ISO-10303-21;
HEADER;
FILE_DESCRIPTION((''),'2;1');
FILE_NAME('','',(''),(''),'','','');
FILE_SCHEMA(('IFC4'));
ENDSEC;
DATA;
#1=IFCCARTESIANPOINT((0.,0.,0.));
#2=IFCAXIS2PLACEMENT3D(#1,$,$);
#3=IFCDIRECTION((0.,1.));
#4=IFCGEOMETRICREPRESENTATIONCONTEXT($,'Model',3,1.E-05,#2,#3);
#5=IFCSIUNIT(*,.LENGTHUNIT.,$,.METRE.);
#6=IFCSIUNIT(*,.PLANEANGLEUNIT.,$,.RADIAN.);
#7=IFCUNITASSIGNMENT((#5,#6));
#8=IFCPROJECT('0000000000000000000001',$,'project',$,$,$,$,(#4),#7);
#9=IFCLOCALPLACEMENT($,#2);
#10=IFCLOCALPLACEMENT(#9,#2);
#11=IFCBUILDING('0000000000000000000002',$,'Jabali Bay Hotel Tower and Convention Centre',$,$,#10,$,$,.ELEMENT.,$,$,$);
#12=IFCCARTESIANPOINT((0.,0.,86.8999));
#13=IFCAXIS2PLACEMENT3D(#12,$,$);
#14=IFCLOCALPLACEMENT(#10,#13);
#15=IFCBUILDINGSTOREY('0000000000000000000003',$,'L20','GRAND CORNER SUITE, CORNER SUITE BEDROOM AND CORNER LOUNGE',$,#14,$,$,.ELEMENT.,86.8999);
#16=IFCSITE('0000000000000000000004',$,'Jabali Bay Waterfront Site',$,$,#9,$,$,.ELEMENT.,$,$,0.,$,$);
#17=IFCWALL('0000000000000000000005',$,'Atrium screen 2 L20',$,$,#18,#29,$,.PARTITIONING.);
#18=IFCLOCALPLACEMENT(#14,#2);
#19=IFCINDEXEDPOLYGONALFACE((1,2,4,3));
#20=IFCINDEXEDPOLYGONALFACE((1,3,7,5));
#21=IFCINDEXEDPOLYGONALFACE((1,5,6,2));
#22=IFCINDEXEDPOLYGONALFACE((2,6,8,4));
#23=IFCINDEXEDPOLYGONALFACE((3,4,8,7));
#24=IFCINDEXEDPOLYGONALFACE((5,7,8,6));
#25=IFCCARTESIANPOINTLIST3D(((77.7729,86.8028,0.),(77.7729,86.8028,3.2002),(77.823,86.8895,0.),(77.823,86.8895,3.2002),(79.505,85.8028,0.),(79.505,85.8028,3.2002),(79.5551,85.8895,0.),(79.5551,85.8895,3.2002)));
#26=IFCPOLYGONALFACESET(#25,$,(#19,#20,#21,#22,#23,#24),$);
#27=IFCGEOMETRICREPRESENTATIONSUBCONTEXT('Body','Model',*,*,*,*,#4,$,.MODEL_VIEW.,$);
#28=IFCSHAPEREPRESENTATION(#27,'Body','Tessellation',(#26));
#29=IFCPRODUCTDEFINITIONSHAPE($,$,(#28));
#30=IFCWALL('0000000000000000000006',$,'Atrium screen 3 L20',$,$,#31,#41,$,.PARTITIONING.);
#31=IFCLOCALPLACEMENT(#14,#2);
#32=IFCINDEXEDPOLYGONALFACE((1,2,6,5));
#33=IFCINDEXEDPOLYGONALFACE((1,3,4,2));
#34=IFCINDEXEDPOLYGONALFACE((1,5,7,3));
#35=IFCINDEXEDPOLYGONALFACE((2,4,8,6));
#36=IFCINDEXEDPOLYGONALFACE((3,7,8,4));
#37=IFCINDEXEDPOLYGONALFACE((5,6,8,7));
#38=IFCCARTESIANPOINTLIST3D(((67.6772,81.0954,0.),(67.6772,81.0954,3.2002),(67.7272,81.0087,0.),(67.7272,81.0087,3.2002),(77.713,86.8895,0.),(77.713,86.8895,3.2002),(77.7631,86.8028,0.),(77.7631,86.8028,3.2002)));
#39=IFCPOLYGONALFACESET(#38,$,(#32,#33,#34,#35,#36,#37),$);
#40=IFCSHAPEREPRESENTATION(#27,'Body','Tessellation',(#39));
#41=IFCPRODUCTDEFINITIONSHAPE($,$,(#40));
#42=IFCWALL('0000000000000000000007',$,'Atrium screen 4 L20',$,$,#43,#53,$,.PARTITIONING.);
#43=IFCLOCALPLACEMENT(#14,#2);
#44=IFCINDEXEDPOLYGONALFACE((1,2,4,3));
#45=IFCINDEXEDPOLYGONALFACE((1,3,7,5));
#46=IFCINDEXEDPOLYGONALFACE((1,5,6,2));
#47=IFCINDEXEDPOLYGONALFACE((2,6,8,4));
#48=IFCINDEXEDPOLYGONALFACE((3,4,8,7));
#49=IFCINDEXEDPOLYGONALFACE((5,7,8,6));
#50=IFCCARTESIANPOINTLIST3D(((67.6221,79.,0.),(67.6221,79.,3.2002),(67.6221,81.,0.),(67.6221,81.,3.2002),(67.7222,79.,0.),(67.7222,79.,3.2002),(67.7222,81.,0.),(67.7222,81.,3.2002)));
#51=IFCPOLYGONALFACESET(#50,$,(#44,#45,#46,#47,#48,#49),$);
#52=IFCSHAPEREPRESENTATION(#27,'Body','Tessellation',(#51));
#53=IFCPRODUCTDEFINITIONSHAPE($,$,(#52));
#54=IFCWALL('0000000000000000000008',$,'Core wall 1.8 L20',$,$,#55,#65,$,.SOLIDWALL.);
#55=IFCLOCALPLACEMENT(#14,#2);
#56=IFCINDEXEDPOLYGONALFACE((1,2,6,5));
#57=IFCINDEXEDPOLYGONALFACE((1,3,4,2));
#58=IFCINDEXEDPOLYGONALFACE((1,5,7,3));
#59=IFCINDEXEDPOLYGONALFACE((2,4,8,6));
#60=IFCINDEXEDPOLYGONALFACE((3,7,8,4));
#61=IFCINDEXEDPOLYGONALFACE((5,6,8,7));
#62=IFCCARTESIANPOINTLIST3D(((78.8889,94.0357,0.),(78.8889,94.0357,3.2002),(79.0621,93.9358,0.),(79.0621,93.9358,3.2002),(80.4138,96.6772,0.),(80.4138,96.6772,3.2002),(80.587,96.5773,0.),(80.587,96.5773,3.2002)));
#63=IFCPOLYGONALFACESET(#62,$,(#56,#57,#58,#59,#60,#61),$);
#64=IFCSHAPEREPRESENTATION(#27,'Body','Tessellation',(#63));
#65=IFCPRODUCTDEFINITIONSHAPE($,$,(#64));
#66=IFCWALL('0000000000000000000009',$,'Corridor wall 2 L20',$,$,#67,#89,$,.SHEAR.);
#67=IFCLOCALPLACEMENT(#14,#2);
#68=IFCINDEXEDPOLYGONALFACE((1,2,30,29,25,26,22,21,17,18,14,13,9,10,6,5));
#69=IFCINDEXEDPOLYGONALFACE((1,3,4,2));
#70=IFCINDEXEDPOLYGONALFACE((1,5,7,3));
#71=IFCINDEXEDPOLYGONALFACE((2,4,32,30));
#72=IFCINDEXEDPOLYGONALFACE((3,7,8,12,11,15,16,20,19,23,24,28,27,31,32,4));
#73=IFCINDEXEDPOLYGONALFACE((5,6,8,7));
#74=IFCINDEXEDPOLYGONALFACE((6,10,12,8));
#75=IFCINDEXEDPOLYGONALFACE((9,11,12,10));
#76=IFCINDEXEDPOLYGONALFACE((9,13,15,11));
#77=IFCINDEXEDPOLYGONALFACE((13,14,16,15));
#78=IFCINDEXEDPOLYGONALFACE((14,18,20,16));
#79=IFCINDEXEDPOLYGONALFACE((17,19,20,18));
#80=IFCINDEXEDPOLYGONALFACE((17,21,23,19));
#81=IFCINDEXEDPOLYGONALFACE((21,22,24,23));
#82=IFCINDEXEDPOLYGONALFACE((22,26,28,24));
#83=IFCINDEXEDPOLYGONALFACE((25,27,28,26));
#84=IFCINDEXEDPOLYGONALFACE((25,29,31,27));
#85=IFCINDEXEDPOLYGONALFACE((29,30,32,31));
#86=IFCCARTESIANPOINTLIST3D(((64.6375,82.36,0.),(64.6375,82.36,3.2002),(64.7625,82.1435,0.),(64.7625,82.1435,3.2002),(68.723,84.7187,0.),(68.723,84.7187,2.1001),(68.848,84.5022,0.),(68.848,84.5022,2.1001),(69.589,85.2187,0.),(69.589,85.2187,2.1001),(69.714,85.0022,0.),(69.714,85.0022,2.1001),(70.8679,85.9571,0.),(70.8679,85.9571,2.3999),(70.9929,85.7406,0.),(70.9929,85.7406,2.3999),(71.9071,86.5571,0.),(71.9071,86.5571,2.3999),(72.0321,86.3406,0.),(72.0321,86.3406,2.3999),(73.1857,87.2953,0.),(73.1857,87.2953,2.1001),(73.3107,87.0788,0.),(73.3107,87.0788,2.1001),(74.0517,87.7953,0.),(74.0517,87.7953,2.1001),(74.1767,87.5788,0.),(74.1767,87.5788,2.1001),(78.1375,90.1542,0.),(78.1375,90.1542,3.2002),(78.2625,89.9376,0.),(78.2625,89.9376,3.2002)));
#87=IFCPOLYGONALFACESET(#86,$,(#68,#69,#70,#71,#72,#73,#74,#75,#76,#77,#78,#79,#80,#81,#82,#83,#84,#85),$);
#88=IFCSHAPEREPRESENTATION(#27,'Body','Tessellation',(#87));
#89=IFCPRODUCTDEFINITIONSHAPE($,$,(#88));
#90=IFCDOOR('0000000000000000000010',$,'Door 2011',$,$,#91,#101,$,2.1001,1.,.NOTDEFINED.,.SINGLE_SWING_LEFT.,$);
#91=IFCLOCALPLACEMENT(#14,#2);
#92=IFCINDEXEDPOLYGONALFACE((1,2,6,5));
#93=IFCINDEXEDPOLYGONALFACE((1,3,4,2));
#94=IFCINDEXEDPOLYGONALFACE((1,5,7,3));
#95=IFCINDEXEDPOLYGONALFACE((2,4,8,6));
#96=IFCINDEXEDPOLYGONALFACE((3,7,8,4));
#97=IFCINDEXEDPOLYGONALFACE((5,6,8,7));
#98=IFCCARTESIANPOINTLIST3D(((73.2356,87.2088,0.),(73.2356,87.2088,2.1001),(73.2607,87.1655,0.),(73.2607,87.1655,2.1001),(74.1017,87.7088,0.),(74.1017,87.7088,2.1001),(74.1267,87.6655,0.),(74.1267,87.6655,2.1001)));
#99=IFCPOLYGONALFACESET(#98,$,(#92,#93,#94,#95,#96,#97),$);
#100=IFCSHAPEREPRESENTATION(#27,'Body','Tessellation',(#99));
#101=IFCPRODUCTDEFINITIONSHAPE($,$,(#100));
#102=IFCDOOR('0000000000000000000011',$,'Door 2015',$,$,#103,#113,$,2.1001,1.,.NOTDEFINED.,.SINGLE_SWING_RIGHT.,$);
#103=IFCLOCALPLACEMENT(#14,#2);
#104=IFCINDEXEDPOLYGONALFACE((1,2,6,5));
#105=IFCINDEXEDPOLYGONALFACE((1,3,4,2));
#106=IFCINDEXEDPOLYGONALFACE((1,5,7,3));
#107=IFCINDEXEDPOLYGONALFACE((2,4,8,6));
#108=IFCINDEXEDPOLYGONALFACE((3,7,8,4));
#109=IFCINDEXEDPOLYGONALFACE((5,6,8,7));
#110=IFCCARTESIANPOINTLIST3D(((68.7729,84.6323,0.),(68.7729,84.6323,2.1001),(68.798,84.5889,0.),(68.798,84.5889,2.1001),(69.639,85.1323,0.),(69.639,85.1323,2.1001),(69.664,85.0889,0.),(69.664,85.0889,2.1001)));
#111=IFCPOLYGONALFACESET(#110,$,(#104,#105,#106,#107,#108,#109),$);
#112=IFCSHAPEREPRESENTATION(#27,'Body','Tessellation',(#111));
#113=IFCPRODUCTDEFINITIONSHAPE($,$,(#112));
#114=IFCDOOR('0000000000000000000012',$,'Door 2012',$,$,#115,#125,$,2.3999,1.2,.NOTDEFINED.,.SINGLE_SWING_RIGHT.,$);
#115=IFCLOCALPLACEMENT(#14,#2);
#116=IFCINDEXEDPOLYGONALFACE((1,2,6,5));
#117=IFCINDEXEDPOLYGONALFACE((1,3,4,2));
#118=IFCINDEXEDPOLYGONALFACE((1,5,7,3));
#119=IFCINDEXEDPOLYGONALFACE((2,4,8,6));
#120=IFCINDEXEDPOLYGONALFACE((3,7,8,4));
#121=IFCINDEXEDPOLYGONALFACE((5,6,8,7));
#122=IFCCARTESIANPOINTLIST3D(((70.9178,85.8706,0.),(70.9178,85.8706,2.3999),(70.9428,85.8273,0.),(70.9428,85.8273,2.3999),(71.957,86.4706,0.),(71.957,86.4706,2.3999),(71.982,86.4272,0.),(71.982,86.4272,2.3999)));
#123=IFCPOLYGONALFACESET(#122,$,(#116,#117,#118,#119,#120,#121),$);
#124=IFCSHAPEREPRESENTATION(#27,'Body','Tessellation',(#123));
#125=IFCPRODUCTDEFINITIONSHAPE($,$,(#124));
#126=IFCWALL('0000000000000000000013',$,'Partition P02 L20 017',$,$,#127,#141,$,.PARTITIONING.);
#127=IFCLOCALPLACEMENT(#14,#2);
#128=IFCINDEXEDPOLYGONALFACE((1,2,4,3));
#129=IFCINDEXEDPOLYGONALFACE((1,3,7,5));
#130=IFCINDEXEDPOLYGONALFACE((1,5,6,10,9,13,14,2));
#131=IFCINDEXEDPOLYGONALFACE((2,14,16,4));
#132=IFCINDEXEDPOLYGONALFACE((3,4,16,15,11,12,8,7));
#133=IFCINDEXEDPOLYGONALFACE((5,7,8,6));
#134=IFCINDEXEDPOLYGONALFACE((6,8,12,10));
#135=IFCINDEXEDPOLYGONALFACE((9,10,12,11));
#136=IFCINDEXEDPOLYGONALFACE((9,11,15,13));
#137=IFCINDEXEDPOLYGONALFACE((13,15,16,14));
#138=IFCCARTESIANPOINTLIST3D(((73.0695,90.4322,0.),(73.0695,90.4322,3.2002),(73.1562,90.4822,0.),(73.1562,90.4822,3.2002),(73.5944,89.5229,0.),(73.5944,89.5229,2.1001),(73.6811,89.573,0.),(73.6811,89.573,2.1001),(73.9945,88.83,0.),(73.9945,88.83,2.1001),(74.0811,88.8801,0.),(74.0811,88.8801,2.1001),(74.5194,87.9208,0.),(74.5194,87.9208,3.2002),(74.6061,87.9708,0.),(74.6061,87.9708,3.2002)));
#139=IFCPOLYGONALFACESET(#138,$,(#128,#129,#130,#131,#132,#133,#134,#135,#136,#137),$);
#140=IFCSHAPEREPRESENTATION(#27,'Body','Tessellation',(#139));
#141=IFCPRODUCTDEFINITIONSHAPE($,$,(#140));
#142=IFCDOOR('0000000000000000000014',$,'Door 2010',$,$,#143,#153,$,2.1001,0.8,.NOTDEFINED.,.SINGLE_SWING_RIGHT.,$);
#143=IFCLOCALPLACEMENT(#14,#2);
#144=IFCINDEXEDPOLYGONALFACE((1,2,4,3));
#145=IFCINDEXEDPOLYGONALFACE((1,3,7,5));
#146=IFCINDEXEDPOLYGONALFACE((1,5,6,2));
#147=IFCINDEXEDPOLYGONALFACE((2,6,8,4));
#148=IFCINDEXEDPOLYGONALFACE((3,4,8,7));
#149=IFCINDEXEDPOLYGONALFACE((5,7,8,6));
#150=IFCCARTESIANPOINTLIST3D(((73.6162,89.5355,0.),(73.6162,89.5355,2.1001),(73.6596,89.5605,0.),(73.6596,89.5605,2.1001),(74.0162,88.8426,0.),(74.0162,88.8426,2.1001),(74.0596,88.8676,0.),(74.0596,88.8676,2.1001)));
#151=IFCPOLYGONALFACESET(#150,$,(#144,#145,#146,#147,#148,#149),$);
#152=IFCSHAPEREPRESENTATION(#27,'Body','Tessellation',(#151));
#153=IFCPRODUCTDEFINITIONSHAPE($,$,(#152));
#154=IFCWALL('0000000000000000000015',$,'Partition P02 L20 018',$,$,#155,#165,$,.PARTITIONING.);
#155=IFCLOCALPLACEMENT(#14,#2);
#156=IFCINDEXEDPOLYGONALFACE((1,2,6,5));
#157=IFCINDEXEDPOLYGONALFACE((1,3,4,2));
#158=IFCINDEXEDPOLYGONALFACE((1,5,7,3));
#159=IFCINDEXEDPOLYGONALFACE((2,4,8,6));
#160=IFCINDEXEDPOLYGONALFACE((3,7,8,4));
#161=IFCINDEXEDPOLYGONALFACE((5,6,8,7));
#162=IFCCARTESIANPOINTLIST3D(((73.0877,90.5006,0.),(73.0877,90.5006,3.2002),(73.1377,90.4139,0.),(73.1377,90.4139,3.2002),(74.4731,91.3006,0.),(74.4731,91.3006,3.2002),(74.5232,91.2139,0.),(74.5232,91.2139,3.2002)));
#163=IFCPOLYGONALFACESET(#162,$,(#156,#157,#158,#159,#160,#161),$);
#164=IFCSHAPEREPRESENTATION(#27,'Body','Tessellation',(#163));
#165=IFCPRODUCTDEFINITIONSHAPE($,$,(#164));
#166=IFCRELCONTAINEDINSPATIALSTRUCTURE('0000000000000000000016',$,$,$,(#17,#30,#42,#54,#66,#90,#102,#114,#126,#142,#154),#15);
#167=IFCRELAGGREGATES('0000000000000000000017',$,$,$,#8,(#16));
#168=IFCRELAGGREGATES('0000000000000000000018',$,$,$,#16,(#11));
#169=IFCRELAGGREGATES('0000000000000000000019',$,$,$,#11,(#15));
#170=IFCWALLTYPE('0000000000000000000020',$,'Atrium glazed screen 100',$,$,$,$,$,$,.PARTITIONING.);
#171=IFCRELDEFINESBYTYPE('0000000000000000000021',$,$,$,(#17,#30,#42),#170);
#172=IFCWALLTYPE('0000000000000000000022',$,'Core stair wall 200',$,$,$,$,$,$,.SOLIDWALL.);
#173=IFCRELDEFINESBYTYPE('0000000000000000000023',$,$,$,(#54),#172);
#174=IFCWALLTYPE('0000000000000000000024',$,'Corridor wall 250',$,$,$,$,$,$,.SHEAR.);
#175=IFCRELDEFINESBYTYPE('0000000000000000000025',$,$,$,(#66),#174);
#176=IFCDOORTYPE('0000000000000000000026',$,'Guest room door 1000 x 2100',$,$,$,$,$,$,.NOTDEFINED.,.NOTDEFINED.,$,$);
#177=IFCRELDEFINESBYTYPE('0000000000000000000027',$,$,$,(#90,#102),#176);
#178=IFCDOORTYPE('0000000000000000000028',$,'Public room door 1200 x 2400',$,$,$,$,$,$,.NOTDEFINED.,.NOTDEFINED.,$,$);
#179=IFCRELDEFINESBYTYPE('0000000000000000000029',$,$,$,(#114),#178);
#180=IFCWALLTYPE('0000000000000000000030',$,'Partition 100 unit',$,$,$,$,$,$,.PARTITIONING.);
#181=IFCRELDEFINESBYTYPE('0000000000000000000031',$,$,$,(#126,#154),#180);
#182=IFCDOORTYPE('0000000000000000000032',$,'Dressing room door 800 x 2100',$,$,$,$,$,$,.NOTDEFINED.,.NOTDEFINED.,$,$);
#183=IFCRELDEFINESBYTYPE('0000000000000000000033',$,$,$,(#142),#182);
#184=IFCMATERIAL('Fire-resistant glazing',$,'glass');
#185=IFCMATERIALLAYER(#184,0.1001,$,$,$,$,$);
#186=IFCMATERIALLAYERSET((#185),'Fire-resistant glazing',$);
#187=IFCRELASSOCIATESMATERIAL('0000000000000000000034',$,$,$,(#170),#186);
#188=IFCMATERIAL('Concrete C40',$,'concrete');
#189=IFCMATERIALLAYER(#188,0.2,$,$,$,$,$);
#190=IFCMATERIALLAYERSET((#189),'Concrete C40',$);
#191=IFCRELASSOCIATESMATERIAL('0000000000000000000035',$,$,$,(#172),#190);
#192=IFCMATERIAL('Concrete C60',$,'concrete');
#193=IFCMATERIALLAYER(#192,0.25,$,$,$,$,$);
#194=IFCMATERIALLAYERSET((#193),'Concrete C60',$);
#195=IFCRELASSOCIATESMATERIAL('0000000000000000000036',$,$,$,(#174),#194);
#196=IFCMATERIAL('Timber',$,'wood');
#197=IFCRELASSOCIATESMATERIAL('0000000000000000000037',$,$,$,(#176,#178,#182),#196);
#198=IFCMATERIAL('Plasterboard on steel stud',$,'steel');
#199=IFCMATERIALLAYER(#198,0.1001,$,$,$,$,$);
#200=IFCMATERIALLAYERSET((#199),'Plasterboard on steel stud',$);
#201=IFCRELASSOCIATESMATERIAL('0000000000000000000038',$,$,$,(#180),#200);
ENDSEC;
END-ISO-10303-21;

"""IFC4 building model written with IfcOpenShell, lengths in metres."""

from ifc_helpers import new_model, si_unit, direction, frame, frame_2d, origin, place, context, subcontext, project, spatial, rectangle, extrude, material, layer, layer_set, type_object, element, fill, save


model = new_model("IFC4")

# Units and contexts
model_context = context("Model", 3, precision=1e-05, world=origin(), true_north=direction((0.0, 1.0)))
body_context = subcontext(model_context, "Body", "Model", "MODEL_VIEW")
ifc_project = project(units=[si_unit("LENGTHUNIT", "METRE"), si_unit("PLANEANGLEUNIT", "RADIAN")], contexts=[model_context])

# Site, building, storey
site_placement = place(None, origin())
site = spatial("IfcSite", under=ifc_project, at=site_placement, Name="Jabali Bay Waterfront Site", CompositionType="ELEMENT", RefElevation=0.0)
building_placement = place(site_placement, origin())
building = spatial("IfcBuilding", under=site, at=building_placement, Name="Jabali Bay Hotel Tower and Convention Centre", CompositionType="ELEMENT")
storey_placement = place(building_placement, frame((0.0, 0.0, 86.8999)))
storey = spatial("IfcBuildingStorey", under=building, at=storey_placement, Name="L20", Description="GRAND CORNER SUITE, CORNER SUITE BEDROOM AND CORNER LOUNGE", CompositionType="ELEMENT", Elevation=86.8999)

# Walls
ifc_material_1 = material(Name="Fire-resistant glazing", Category="glass")
ifc_layer_1 = layer(ifc_material_1, 0.1001)
ifc_layer_set_1 = layer_set([ifc_layer_1], Name="Fire-resistant glazing")
wall_type_1 = type_object("IfcWallType", Name="Atrium glazed screen 100", PredefinedType="PARTITIONING", material=ifc_layer_set_1)
wall_1_placement = place(storey_placement, frame((79.53, 85.8462, 0.0), z_axis=(0.0, 0.0, 1.0), x_axis=(-0.866041, 0.499973, 0.0)))
element("IfcWall", 1, at=wall_1_placement, inside=storey, type_object=wall_type_1, Name="Atrium screen 2 L20", PredefinedType="PARTITIONING", context=body_context, shape_type="SweptSolid", body=[
    extrude(rectangle(XDim=2.0, YDim=0.1001, at=frame_2d((1.0, 0.0))), origin(), (0.0, 0.0, 1.0), 3.2002),
])
wall_2_placement = place(storey_placement, frame((77.738, 86.8462, 0.0), z_axis=(0.0, 0.0, 1.0), x_axis=(-0.866027, -0.499998, 0.0)))
element("IfcWall", 2, at=wall_2_placement, inside=storey, type_object=wall_type_1, Name="Atrium screen 3 L20", PredefinedType="PARTITIONING", context=body_context, shape_type="SweptSolid", body=[
    extrude(rectangle(XDim=11.5884, YDim=0.1001, at=frame_2d((5.7942, 0.0))), origin(), (0.0, 0.0, 1.0), 3.2002),
])
wall_3_placement = place(storey_placement, frame((67.6721, 81.0, 0.0), z_axis=(0.0, 0.0, 1.0), x_axis=(0.0, -1.0, 0.0)))
element("IfcWall", 3, at=wall_3_placement, inside=storey, type_object=wall_type_1, Name="Atrium screen 4 L20", PredefinedType="PARTITIONING", context=body_context, shape_type="SweptSolid", body=[
    extrude(rectangle(XDim=2.0, YDim=0.1001, at=frame_2d((1.0, 0.0))), origin(), (0.0, 0.0, 1.0), 3.2002),
])
ifc_material_2 = material(Name="Concrete C40", Category="concrete")
ifc_layer_2 = layer(ifc_material_2, 0.2)
ifc_layer_set_2 = layer_set([ifc_layer_2], Name="Concrete C40")
wall_type_2 = type_object("IfcWallType", Name="Core stair wall 200", PredefinedType="SOLIDWALL", material=ifc_layer_set_2)
wall_4_placement = place(storey_placement, frame((78.9756, 93.9858, 0.0), z_axis=(0.0, 0.0, 1.0), x_axis=(0.499944, 0.866058, 0.0)))
element("IfcWall", 4, at=wall_4_placement, inside=storey, type_object=wall_type_2, Name="Core wall 1.8 L20", PredefinedType="SOLIDWALL", context=body_context, shape_type="SweptSolid", body=[
    extrude(rectangle(XDim=3.05, YDim=0.2, at=frame_2d((1.5249, 0.0))), origin(), (0.0, 0.0, 1.0), 3.2002),
])

# Wall, openings, doors
ifc_material_3 = material(Name="Concrete C60", Category="concrete")
ifc_layer_3 = layer(ifc_material_3, 0.25)
ifc_layer_set_3 = layer_set([ifc_layer_3], Name="Concrete C60")
wall_type_3 = type_object("IfcWallType", Name="Corridor wall 250", PredefinedType="SHEAR", material=ifc_layer_set_3)
wall_5_placement = place(storey_placement, frame((78.2, 90.0459, 0.0), z_axis=(0.0, 0.0, 1.0), x_axis=(-0.866026, -0.499998, 0.0)))
wall_5 = element("IfcWall", 5, at=wall_5_placement, inside=storey, type_object=wall_type_3, Name="Corridor wall 2 L20", PredefinedType="SHEAR", context=body_context, shape_type="SweptSolid", body=[
    extrude(rectangle(XDim=15.5884, YDim=0.25, at=frame_2d((7.7942, 0.0))), origin(), (0.0, 0.0, 1.0), 3.2002),
])
opening_1_placement = place(wall_5_placement, frame((4.7178, 0.0, 0.0)))
opening_1 = element("IfcOpeningElement", 6, at=opening_1_placement, cuts=wall_5, PredefinedType="OPENING", context=body_context, shape_type="SweptSolid", body=[
    extrude(rectangle(XDim=1.0, YDim=2.1001, at=frame_2d((0.5, 1.05))), frame((0.0, 0.1355, 0.0), z_axis=(0.0, -1.0, 0.0), x_axis=(1.0, 0.0, 0.0)), (0.0, 0.0, 1.0), 0.271),
])
opening_2_placement = place(wall_5_placement, frame((7.1941, 0.0, 0.0)))
opening_2 = element("IfcOpeningElement", 7, at=opening_2_placement, cuts=wall_5, PredefinedType="OPENING", context=body_context, shape_type="SweptSolid", body=[
    extrude(rectangle(XDim=1.2, YDim=2.3999, at=frame_2d((0.6001, 1.2))), frame((0.0, 0.1355, 0.0), z_axis=(0.0, -1.0, 0.0), x_axis=(1.0, 0.0, 0.0)), (0.0, 0.0, 1.0), 0.271),
])
opening_3_placement = place(wall_5_placement, frame((9.8708, 0.0, 0.0)))
opening_3 = element("IfcOpeningElement", 8, at=opening_3_placement, cuts=wall_5, PredefinedType="OPENING", context=body_context, shape_type="SweptSolid", body=[
    extrude(rectangle(XDim=1.0, YDim=2.1001, at=frame_2d((0.5, 1.05))), frame((0.0, 0.1355, 0.0), z_axis=(0.0, -1.0, 0.0), x_axis=(1.0, 0.0, 0.0)), (0.0, 0.0, 1.0), 0.271),
])
ifc_material_4 = material(Name="Timber", Category="wood")
door_type_1 = type_object("IfcDoorType", Name="Guest room door 1000 x 2100", OperationType="NOTDEFINED", PredefinedType="NOTDEFINED", material=ifc_material_4)
door_1_placement = place(opening_1_placement, origin())
door_1 = element("IfcDoor", 9, at=door_1_placement, inside=storey, type_object=door_type_1, Name="Door 2011", OperationType="SINGLE_SWING_LEFT", OverallHeight=2.1001, OverallWidth=1.0, PredefinedType="NOTDEFINED", context=body_context, shape_type="SweptSolid", body=[
    extrude(rectangle(XDim=1.0, YDim=2.1001, at=frame_2d((0.5, 1.05))), frame((0.0, 0.0249, 0.0), z_axis=(0.0, -1.0, 0.0), x_axis=(1.0, 0.0, 0.0)), (0.0, 0.0, 1.0), 0.05),
])
fill(opening_1, door_1)
door_2_placement = place(opening_3_placement, origin())
door_2 = element("IfcDoor", 10, at=door_2_placement, inside=storey, type_object=door_type_1, Name="Door 2015", OperationType="SINGLE_SWING_RIGHT", OverallHeight=2.1001, OverallWidth=1.0, PredefinedType="NOTDEFINED", context=body_context, shape_type="SweptSolid", body=[
    extrude(rectangle(XDim=1.0, YDim=2.1001, at=frame_2d((0.5, 1.05))), frame((0.0, 0.0249, 0.0), z_axis=(0.0, -1.0, 0.0), x_axis=(1.0, 0.0, 0.0)), (0.0, 0.0, 1.0), 0.05),
])
fill(opening_3, door_2)
door_type_2 = type_object("IfcDoorType", Name="Public room door 1200 x 2400", OperationType="NOTDEFINED", PredefinedType="NOTDEFINED", material=ifc_material_4)
door_3_placement = place(opening_2_placement, origin())
door_3 = element("IfcDoor", 11, at=door_3_placement, inside=storey, type_object=door_type_2, Name="Door 2012", OperationType="SINGLE_SWING_RIGHT", OverallHeight=2.3999, OverallWidth=1.2, PredefinedType="NOTDEFINED", context=body_context, shape_type="SweptSolid", body=[
    extrude(rectangle(XDim=1.2, YDim=2.3999, at=frame_2d((0.6001, 1.2))), frame((0.0, 0.0249, 0.0), z_axis=(0.0, -1.0, 0.0), x_axis=(1.0, 0.0, 0.0)), (0.0, 0.0, 1.0), 0.05),
])
fill(opening_2, door_3)

# Wall, opening, door
ifc_material_5 = material(Name="Plasterboard on steel stud", Category="steel")
ifc_layer_4 = layer(ifc_material_5, 0.1001)
ifc_layer_set_4 = layer_set([ifc_layer_4], Name="Plasterboard on steel stud")
wall_type_4 = type_object("IfcWallType", Name="Partition 100 unit", PredefinedType="PARTITIONING", material=ifc_layer_set_4)
wall_6_placement = place(storey_placement, frame((74.5627, 87.9458, 0.0), z_axis=(0.0, 0.0, 1.0), x_axis=(-0.499987, 0.866033, 0.0)))
wall_6 = element("IfcWall", 12, at=wall_6_placement, inside=storey, type_object=wall_type_4, Name="Partition P02 L20 017", PredefinedType="PARTITIONING", context=body_context, shape_type="SweptSolid", body=[
    extrude(rectangle(XDim=2.8999, YDim=0.1001, at=frame_2d((1.45, 0.0))), origin(), (0.0, 0.0, 1.0), 3.2002),
])
opening_4_placement = place(wall_6_placement, frame((1.05, 0.0, 0.0)))
opening_4 = element("IfcOpeningElement", 13, at=opening_4_placement, cuts=wall_6, PredefinedType="OPENING", context=body_context, shape_type="SweptSolid", body=[
    extrude(rectangle(XDim=0.8, YDim=2.1001, at=frame_2d((0.3999, 1.05))), frame((0.0, 0.0605, 0.0), z_axis=(0.0, -1.0, 0.0), x_axis=(1.0, 0.0, 0.0)), (0.0, 0.0, 1.0), 0.1211),
])
door_type_3 = type_object("IfcDoorType", Name="Dressing room door 800 x 2100", OperationType="NOTDEFINED", PredefinedType="NOTDEFINED", material=ifc_material_4)
door_4_placement = place(opening_4_placement, origin())
door_4 = element("IfcDoor", 14, at=door_4_placement, inside=storey, type_object=door_type_3, Name="Door 2010", OperationType="SINGLE_SWING_RIGHT", OverallHeight=2.1001, OverallWidth=0.8, PredefinedType="NOTDEFINED", context=body_context, shape_type="SweptSolid", body=[
    extrude(rectangle(XDim=0.8, YDim=2.1001, at=frame_2d((0.3999, 1.05))), frame((0.0, 0.0249, 0.0), z_axis=(0.0, -1.0, 0.0), x_axis=(1.0, 0.0, 0.0)), (0.0, 0.0, 1.0), 0.05),
])
fill(opening_4, door_4)

# Wall
wall_7_placement = place(storey_placement, frame((73.1128, 90.4573, 0.0), z_axis=(0.0, 0.0, 1.0), x_axis=(0.86599, 0.500061, 0.0)))
element("IfcWall", 15, at=wall_7_placement, inside=storey, type_object=wall_type_4, Name="Partition P02 L20 018", PredefinedType="PARTITIONING", context=body_context, shape_type="SweptSolid", body=[
    extrude(rectangle(XDim=1.5999, YDim=0.1001, at=frame_2d((0.7998, 0.0))), origin(), (0.0, 0.0, 1.0), 3.2002),
])

save(model, "model.ifc")
